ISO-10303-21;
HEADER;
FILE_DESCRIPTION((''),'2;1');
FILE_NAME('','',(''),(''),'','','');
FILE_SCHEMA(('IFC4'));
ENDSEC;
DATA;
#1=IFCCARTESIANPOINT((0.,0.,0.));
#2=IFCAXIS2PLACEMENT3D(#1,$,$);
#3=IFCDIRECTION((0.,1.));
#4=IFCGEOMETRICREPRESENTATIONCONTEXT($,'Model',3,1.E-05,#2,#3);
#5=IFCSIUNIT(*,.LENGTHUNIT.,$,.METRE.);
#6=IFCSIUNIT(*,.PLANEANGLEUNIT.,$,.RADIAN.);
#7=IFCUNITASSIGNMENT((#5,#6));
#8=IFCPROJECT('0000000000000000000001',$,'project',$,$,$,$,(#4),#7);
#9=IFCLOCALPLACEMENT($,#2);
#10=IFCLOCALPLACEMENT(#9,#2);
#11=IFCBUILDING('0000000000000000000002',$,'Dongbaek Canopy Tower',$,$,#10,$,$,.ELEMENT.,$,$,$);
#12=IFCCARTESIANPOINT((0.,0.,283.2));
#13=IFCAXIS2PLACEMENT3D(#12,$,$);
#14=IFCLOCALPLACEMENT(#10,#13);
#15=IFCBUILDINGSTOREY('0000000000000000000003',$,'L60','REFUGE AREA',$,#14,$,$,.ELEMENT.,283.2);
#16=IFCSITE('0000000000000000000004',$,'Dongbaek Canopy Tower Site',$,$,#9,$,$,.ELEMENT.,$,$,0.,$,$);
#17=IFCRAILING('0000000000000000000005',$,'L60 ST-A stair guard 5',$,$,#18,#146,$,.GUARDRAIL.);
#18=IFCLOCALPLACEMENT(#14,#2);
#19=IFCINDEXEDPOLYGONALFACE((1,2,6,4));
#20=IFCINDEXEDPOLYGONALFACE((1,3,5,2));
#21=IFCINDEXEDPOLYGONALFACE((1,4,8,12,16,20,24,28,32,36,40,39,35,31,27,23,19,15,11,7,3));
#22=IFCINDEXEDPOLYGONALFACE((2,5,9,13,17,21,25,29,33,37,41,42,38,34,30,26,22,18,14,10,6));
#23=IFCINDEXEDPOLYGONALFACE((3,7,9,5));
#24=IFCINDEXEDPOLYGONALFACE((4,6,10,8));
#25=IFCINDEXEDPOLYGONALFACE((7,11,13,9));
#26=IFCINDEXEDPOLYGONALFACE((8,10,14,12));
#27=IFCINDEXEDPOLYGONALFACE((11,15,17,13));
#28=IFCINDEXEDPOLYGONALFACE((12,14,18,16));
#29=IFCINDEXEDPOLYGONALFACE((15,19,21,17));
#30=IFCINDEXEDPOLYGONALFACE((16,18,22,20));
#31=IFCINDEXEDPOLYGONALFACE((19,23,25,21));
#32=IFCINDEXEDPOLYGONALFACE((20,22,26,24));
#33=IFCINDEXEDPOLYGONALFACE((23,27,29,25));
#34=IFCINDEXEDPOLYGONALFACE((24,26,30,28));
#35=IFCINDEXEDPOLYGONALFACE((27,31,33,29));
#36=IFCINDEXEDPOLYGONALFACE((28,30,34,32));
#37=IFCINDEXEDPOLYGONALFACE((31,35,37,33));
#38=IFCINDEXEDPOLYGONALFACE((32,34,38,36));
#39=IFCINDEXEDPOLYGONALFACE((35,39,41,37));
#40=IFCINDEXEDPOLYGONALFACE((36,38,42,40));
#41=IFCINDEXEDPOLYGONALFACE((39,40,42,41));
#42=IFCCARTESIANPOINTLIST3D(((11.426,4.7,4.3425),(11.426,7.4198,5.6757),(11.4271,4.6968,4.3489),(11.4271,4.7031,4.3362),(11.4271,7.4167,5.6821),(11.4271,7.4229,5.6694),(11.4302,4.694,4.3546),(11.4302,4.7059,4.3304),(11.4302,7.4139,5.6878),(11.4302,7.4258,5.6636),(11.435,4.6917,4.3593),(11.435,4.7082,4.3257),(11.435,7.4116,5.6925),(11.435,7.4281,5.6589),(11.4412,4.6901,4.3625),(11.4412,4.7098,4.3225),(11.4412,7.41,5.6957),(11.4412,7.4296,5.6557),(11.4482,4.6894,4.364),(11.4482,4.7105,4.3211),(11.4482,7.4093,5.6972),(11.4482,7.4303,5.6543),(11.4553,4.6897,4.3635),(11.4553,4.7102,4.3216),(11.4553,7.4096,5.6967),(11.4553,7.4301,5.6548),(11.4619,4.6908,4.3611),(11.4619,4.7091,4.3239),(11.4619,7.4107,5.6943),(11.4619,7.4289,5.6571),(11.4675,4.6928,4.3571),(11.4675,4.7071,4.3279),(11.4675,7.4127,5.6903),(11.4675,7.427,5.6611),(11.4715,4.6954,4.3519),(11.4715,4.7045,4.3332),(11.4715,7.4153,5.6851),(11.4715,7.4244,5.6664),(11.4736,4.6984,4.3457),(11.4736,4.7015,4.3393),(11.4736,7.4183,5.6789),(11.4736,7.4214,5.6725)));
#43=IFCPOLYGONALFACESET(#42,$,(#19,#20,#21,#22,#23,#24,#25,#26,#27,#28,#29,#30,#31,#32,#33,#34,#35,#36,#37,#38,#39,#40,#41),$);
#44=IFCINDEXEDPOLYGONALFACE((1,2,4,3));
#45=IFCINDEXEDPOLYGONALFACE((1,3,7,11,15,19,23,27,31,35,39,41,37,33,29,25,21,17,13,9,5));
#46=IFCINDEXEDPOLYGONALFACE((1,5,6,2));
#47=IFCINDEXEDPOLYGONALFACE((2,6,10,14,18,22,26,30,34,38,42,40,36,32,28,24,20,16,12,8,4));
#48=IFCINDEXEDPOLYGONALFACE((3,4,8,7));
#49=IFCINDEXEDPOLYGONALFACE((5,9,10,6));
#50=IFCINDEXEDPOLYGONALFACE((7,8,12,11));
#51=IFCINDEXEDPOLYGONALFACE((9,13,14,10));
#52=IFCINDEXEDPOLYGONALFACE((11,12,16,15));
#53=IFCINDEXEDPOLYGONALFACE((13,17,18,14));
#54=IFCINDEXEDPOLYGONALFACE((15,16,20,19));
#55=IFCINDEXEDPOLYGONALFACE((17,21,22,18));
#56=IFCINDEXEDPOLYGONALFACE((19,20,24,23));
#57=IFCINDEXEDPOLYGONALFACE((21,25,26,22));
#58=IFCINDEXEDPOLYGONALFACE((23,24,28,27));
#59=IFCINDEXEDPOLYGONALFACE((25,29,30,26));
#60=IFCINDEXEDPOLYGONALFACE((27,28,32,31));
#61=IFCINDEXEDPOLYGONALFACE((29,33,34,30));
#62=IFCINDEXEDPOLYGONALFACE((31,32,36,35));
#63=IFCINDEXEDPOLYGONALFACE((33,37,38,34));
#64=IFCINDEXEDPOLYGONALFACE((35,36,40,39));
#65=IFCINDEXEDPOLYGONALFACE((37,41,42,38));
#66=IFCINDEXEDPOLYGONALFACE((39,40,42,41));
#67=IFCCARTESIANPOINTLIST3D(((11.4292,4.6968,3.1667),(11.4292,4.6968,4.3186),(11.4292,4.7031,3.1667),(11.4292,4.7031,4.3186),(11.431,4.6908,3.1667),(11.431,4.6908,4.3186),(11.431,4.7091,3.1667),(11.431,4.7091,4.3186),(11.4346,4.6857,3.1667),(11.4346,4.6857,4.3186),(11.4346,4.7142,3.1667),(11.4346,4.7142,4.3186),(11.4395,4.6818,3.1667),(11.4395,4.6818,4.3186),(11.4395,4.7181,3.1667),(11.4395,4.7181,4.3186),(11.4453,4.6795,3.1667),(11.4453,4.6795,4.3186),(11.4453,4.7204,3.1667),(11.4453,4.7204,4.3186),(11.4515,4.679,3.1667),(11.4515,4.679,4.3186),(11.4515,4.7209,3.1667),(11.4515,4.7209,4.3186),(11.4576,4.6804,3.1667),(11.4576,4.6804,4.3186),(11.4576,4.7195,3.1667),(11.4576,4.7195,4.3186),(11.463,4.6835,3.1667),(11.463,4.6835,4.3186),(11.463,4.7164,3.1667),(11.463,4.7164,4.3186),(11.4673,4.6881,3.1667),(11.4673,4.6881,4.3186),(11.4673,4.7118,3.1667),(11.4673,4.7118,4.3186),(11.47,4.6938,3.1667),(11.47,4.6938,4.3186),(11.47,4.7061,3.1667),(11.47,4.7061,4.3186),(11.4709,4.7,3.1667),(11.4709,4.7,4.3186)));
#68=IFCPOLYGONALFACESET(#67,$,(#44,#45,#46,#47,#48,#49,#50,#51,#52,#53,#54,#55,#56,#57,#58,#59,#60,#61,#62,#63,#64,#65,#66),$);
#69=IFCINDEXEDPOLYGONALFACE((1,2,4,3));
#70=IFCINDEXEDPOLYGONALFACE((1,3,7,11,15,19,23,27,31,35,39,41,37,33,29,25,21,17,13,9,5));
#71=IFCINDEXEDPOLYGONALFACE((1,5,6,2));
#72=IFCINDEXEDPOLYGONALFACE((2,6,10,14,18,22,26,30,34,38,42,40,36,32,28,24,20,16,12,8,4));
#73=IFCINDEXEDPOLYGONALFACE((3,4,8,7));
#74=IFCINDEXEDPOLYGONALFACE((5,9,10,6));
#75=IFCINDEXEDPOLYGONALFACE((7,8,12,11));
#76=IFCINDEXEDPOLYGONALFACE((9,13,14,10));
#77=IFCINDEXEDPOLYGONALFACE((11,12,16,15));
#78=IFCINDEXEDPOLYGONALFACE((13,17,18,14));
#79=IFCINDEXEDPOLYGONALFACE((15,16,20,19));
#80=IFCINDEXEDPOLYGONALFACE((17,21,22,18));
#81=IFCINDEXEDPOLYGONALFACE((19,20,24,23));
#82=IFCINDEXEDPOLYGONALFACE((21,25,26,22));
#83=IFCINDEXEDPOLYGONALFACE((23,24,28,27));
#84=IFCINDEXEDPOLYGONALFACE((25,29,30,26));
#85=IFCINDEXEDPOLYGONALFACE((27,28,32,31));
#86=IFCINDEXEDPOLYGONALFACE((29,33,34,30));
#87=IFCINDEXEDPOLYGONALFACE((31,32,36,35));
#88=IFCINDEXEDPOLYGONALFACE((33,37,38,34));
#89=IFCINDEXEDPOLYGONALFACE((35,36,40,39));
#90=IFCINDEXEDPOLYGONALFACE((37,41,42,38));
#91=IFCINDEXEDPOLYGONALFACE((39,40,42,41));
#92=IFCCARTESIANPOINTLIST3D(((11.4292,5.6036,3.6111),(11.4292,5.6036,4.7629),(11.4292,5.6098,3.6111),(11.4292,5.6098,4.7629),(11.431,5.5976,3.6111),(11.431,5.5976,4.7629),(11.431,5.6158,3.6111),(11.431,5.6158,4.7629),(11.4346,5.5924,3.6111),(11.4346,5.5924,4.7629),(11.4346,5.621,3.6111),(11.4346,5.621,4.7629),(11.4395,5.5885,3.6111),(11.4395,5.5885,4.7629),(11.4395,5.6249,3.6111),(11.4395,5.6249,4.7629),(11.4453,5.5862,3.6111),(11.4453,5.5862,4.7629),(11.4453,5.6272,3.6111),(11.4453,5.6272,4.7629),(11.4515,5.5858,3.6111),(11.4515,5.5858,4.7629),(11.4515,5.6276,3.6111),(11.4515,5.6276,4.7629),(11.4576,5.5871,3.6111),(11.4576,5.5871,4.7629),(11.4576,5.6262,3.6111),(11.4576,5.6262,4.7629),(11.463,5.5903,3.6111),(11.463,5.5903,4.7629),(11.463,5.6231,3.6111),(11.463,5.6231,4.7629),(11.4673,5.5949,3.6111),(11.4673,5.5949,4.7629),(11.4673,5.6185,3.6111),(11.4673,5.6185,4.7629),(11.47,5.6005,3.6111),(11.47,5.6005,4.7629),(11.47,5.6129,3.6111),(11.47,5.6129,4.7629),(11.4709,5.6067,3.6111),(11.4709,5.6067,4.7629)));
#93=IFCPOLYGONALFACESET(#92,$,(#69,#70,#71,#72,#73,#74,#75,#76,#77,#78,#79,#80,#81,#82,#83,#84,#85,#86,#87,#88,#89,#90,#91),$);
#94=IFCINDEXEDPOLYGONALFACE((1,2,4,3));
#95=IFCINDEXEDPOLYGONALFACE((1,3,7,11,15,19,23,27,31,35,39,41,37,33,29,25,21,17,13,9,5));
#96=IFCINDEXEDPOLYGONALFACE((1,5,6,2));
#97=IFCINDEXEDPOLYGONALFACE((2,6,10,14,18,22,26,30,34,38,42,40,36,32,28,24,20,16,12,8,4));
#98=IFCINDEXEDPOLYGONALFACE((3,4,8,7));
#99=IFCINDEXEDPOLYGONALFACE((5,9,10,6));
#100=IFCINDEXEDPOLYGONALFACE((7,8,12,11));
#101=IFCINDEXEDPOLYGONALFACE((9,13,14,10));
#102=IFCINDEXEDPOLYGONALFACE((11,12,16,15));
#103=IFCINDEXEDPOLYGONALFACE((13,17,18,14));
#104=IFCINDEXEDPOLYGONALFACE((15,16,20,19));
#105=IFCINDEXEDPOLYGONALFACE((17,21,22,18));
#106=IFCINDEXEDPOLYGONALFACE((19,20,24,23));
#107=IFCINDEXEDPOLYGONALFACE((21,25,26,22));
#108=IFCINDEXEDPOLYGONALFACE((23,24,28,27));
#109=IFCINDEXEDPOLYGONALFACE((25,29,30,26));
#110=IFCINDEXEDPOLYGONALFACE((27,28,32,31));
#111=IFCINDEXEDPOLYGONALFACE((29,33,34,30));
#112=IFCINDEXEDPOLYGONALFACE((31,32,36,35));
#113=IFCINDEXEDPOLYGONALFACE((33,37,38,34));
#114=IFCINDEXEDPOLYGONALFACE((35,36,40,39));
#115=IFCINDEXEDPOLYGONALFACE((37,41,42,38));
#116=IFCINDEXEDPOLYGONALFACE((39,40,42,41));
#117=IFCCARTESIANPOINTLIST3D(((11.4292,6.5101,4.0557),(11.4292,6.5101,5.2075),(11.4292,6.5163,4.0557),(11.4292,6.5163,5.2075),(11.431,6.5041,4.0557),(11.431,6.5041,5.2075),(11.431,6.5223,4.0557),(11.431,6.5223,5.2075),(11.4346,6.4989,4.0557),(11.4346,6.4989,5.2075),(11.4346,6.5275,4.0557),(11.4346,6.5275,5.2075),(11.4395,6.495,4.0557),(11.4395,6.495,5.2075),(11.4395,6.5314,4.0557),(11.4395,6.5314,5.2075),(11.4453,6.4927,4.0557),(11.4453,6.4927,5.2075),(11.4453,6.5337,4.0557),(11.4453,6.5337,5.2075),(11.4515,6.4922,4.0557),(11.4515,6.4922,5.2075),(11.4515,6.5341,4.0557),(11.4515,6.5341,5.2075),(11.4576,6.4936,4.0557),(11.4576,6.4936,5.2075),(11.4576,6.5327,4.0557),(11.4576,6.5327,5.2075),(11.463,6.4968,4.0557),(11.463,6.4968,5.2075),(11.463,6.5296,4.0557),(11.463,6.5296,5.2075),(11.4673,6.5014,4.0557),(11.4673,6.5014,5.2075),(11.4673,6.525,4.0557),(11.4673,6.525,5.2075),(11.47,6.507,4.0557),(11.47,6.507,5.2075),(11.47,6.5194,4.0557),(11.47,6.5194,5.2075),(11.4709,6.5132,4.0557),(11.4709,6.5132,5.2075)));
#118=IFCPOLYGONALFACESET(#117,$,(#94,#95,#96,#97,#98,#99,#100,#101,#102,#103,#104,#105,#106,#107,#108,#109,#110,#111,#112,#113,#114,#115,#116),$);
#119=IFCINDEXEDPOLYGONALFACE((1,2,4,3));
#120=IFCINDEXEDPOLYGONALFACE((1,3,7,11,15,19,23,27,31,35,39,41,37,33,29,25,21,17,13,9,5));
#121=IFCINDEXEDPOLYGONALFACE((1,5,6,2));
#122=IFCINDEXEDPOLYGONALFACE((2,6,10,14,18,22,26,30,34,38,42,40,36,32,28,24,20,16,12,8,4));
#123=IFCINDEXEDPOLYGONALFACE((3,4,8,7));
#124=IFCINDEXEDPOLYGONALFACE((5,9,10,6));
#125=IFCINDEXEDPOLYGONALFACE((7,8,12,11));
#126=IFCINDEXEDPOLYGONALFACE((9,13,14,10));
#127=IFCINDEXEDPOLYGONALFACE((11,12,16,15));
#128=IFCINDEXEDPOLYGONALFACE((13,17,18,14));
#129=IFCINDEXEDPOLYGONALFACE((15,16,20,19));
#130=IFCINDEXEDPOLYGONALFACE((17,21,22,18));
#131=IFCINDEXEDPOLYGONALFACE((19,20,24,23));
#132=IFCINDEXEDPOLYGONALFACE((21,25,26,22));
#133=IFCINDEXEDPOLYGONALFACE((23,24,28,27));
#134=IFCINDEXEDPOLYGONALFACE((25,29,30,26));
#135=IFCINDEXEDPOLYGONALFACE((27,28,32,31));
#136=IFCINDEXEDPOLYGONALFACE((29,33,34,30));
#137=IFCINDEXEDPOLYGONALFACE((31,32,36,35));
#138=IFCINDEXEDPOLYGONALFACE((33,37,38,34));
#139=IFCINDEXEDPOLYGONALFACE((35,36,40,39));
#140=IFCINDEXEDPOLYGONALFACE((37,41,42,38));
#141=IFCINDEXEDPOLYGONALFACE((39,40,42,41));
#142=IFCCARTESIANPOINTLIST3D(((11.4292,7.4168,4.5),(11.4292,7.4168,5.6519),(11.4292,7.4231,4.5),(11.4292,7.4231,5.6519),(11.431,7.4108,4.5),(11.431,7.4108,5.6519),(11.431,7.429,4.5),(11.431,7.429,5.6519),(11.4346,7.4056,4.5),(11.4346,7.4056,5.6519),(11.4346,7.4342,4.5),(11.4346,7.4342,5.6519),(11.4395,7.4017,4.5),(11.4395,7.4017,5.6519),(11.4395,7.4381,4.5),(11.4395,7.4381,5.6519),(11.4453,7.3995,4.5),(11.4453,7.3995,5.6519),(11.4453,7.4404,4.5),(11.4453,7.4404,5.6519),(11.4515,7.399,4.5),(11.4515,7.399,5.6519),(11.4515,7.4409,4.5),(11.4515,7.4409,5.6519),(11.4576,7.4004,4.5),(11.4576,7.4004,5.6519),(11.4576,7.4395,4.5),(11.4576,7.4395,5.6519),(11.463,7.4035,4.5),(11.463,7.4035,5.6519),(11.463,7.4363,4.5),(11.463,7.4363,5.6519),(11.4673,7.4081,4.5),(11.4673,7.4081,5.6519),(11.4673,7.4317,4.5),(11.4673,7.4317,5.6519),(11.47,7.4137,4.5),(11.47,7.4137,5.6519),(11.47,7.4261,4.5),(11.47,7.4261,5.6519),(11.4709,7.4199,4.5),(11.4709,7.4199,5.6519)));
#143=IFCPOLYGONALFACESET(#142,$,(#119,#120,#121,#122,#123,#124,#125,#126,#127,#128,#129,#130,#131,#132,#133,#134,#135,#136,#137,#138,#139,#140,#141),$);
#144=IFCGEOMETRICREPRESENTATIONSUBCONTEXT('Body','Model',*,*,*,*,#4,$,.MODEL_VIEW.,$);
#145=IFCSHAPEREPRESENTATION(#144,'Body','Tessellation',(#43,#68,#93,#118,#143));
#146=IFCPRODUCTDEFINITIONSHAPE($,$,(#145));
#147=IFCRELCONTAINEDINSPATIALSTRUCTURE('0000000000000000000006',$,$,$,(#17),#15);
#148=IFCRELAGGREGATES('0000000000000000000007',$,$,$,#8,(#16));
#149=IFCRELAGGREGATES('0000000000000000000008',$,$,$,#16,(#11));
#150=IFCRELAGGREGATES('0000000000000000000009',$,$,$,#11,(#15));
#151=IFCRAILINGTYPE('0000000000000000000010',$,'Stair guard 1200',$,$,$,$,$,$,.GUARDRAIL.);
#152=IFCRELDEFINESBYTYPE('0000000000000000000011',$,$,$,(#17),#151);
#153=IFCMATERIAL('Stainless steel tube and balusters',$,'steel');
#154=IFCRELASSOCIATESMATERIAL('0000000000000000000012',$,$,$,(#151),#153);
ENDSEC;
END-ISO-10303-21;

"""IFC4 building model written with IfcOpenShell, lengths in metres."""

from ifc_helpers import new_model, si_unit, direction, frame, origin, origin_2d, place, context, subcontext, project, spatial, circle, extrude, material, type_object, element, save


model = new_model("IFC4")

# Units and contexts
model_context = context("Model", 3, precision=1e-05, world=origin(), true_north=direction((0.0, 1.0)))
body_context = subcontext(model_context, "Body", "Model", "MODEL_VIEW")
ifc_project = project(units=[si_unit("LENGTHUNIT", "METRE"), si_unit("PLANEANGLEUNIT", "RADIAN")], contexts=[model_context])

# Site, building, storey
site_placement = place(None, origin())
site = spatial("IfcSite", under=ifc_project, at=site_placement, Name="Dongbaek Canopy Tower Site", CompositionType="ELEMENT", RefElevation=0.0)
building_placement = place(site_placement, origin())
building = spatial("IfcBuilding", under=site, at=building_placement, Name="Dongbaek Canopy Tower", CompositionType="ELEMENT")
storey_placement = place(building_placement, frame((0.0, 0.0, 283.2)))
storey = spatial("IfcBuildingStorey", under=building, at=storey_placement, Name="L60", Description="REFUGE AREA", CompositionType="ELEMENT", Elevation=283.2)

# Railing
ifc_material_1 = material(Name="Stainless steel tube and balusters", Category="steel")
railing_type_1 = type_object("IfcRailingType", Name="Stair guard 1200", PredefinedType="GUARDRAIL", material=ifc_material_1)
railing_1_placement = place(storey_placement, frame((11.45, 4.7, 3.1667)))
element("IfcRailing", 1, at=railing_1_placement, inside=storey, type_object=railing_type_1, Name="L60 ST-A stair guard 5", PredefinedType="GUARDRAIL", context=body_context, shape_type="SweptSolid", body=[
    extrude(circle(Radius=0.0239, at=origin_2d()), frame((0.0, 0.0, 1.1758), z_axis=(0.0, 0.897929, 0.440139), x_axis=(-1.0, 0.0, 0.0)), (0.0, 0.0, 1.0), 3.0291),
    extrude(circle(Radius=0.021, at=origin_2d()), origin(), (0.0, 0.0, 1.0), 1.1519),
    extrude(circle(Radius=0.021, at=origin_2d()), frame((0.0, 0.9067, 0.4443)), (0.0, 0.0, 1.0), 1.1519),
    extrude(circle(Radius=0.021, at=origin_2d()), frame((0.0, 1.8132, 0.8889)), (0.0, 0.0, 1.0), 1.1519),
    extrude(circle(Radius=0.021, at=origin_2d()), frame((0.0, 2.72, 1.3333)), (0.0, 0.0, 1.0), 1.1519),
])

save(model, "model.ifc")
